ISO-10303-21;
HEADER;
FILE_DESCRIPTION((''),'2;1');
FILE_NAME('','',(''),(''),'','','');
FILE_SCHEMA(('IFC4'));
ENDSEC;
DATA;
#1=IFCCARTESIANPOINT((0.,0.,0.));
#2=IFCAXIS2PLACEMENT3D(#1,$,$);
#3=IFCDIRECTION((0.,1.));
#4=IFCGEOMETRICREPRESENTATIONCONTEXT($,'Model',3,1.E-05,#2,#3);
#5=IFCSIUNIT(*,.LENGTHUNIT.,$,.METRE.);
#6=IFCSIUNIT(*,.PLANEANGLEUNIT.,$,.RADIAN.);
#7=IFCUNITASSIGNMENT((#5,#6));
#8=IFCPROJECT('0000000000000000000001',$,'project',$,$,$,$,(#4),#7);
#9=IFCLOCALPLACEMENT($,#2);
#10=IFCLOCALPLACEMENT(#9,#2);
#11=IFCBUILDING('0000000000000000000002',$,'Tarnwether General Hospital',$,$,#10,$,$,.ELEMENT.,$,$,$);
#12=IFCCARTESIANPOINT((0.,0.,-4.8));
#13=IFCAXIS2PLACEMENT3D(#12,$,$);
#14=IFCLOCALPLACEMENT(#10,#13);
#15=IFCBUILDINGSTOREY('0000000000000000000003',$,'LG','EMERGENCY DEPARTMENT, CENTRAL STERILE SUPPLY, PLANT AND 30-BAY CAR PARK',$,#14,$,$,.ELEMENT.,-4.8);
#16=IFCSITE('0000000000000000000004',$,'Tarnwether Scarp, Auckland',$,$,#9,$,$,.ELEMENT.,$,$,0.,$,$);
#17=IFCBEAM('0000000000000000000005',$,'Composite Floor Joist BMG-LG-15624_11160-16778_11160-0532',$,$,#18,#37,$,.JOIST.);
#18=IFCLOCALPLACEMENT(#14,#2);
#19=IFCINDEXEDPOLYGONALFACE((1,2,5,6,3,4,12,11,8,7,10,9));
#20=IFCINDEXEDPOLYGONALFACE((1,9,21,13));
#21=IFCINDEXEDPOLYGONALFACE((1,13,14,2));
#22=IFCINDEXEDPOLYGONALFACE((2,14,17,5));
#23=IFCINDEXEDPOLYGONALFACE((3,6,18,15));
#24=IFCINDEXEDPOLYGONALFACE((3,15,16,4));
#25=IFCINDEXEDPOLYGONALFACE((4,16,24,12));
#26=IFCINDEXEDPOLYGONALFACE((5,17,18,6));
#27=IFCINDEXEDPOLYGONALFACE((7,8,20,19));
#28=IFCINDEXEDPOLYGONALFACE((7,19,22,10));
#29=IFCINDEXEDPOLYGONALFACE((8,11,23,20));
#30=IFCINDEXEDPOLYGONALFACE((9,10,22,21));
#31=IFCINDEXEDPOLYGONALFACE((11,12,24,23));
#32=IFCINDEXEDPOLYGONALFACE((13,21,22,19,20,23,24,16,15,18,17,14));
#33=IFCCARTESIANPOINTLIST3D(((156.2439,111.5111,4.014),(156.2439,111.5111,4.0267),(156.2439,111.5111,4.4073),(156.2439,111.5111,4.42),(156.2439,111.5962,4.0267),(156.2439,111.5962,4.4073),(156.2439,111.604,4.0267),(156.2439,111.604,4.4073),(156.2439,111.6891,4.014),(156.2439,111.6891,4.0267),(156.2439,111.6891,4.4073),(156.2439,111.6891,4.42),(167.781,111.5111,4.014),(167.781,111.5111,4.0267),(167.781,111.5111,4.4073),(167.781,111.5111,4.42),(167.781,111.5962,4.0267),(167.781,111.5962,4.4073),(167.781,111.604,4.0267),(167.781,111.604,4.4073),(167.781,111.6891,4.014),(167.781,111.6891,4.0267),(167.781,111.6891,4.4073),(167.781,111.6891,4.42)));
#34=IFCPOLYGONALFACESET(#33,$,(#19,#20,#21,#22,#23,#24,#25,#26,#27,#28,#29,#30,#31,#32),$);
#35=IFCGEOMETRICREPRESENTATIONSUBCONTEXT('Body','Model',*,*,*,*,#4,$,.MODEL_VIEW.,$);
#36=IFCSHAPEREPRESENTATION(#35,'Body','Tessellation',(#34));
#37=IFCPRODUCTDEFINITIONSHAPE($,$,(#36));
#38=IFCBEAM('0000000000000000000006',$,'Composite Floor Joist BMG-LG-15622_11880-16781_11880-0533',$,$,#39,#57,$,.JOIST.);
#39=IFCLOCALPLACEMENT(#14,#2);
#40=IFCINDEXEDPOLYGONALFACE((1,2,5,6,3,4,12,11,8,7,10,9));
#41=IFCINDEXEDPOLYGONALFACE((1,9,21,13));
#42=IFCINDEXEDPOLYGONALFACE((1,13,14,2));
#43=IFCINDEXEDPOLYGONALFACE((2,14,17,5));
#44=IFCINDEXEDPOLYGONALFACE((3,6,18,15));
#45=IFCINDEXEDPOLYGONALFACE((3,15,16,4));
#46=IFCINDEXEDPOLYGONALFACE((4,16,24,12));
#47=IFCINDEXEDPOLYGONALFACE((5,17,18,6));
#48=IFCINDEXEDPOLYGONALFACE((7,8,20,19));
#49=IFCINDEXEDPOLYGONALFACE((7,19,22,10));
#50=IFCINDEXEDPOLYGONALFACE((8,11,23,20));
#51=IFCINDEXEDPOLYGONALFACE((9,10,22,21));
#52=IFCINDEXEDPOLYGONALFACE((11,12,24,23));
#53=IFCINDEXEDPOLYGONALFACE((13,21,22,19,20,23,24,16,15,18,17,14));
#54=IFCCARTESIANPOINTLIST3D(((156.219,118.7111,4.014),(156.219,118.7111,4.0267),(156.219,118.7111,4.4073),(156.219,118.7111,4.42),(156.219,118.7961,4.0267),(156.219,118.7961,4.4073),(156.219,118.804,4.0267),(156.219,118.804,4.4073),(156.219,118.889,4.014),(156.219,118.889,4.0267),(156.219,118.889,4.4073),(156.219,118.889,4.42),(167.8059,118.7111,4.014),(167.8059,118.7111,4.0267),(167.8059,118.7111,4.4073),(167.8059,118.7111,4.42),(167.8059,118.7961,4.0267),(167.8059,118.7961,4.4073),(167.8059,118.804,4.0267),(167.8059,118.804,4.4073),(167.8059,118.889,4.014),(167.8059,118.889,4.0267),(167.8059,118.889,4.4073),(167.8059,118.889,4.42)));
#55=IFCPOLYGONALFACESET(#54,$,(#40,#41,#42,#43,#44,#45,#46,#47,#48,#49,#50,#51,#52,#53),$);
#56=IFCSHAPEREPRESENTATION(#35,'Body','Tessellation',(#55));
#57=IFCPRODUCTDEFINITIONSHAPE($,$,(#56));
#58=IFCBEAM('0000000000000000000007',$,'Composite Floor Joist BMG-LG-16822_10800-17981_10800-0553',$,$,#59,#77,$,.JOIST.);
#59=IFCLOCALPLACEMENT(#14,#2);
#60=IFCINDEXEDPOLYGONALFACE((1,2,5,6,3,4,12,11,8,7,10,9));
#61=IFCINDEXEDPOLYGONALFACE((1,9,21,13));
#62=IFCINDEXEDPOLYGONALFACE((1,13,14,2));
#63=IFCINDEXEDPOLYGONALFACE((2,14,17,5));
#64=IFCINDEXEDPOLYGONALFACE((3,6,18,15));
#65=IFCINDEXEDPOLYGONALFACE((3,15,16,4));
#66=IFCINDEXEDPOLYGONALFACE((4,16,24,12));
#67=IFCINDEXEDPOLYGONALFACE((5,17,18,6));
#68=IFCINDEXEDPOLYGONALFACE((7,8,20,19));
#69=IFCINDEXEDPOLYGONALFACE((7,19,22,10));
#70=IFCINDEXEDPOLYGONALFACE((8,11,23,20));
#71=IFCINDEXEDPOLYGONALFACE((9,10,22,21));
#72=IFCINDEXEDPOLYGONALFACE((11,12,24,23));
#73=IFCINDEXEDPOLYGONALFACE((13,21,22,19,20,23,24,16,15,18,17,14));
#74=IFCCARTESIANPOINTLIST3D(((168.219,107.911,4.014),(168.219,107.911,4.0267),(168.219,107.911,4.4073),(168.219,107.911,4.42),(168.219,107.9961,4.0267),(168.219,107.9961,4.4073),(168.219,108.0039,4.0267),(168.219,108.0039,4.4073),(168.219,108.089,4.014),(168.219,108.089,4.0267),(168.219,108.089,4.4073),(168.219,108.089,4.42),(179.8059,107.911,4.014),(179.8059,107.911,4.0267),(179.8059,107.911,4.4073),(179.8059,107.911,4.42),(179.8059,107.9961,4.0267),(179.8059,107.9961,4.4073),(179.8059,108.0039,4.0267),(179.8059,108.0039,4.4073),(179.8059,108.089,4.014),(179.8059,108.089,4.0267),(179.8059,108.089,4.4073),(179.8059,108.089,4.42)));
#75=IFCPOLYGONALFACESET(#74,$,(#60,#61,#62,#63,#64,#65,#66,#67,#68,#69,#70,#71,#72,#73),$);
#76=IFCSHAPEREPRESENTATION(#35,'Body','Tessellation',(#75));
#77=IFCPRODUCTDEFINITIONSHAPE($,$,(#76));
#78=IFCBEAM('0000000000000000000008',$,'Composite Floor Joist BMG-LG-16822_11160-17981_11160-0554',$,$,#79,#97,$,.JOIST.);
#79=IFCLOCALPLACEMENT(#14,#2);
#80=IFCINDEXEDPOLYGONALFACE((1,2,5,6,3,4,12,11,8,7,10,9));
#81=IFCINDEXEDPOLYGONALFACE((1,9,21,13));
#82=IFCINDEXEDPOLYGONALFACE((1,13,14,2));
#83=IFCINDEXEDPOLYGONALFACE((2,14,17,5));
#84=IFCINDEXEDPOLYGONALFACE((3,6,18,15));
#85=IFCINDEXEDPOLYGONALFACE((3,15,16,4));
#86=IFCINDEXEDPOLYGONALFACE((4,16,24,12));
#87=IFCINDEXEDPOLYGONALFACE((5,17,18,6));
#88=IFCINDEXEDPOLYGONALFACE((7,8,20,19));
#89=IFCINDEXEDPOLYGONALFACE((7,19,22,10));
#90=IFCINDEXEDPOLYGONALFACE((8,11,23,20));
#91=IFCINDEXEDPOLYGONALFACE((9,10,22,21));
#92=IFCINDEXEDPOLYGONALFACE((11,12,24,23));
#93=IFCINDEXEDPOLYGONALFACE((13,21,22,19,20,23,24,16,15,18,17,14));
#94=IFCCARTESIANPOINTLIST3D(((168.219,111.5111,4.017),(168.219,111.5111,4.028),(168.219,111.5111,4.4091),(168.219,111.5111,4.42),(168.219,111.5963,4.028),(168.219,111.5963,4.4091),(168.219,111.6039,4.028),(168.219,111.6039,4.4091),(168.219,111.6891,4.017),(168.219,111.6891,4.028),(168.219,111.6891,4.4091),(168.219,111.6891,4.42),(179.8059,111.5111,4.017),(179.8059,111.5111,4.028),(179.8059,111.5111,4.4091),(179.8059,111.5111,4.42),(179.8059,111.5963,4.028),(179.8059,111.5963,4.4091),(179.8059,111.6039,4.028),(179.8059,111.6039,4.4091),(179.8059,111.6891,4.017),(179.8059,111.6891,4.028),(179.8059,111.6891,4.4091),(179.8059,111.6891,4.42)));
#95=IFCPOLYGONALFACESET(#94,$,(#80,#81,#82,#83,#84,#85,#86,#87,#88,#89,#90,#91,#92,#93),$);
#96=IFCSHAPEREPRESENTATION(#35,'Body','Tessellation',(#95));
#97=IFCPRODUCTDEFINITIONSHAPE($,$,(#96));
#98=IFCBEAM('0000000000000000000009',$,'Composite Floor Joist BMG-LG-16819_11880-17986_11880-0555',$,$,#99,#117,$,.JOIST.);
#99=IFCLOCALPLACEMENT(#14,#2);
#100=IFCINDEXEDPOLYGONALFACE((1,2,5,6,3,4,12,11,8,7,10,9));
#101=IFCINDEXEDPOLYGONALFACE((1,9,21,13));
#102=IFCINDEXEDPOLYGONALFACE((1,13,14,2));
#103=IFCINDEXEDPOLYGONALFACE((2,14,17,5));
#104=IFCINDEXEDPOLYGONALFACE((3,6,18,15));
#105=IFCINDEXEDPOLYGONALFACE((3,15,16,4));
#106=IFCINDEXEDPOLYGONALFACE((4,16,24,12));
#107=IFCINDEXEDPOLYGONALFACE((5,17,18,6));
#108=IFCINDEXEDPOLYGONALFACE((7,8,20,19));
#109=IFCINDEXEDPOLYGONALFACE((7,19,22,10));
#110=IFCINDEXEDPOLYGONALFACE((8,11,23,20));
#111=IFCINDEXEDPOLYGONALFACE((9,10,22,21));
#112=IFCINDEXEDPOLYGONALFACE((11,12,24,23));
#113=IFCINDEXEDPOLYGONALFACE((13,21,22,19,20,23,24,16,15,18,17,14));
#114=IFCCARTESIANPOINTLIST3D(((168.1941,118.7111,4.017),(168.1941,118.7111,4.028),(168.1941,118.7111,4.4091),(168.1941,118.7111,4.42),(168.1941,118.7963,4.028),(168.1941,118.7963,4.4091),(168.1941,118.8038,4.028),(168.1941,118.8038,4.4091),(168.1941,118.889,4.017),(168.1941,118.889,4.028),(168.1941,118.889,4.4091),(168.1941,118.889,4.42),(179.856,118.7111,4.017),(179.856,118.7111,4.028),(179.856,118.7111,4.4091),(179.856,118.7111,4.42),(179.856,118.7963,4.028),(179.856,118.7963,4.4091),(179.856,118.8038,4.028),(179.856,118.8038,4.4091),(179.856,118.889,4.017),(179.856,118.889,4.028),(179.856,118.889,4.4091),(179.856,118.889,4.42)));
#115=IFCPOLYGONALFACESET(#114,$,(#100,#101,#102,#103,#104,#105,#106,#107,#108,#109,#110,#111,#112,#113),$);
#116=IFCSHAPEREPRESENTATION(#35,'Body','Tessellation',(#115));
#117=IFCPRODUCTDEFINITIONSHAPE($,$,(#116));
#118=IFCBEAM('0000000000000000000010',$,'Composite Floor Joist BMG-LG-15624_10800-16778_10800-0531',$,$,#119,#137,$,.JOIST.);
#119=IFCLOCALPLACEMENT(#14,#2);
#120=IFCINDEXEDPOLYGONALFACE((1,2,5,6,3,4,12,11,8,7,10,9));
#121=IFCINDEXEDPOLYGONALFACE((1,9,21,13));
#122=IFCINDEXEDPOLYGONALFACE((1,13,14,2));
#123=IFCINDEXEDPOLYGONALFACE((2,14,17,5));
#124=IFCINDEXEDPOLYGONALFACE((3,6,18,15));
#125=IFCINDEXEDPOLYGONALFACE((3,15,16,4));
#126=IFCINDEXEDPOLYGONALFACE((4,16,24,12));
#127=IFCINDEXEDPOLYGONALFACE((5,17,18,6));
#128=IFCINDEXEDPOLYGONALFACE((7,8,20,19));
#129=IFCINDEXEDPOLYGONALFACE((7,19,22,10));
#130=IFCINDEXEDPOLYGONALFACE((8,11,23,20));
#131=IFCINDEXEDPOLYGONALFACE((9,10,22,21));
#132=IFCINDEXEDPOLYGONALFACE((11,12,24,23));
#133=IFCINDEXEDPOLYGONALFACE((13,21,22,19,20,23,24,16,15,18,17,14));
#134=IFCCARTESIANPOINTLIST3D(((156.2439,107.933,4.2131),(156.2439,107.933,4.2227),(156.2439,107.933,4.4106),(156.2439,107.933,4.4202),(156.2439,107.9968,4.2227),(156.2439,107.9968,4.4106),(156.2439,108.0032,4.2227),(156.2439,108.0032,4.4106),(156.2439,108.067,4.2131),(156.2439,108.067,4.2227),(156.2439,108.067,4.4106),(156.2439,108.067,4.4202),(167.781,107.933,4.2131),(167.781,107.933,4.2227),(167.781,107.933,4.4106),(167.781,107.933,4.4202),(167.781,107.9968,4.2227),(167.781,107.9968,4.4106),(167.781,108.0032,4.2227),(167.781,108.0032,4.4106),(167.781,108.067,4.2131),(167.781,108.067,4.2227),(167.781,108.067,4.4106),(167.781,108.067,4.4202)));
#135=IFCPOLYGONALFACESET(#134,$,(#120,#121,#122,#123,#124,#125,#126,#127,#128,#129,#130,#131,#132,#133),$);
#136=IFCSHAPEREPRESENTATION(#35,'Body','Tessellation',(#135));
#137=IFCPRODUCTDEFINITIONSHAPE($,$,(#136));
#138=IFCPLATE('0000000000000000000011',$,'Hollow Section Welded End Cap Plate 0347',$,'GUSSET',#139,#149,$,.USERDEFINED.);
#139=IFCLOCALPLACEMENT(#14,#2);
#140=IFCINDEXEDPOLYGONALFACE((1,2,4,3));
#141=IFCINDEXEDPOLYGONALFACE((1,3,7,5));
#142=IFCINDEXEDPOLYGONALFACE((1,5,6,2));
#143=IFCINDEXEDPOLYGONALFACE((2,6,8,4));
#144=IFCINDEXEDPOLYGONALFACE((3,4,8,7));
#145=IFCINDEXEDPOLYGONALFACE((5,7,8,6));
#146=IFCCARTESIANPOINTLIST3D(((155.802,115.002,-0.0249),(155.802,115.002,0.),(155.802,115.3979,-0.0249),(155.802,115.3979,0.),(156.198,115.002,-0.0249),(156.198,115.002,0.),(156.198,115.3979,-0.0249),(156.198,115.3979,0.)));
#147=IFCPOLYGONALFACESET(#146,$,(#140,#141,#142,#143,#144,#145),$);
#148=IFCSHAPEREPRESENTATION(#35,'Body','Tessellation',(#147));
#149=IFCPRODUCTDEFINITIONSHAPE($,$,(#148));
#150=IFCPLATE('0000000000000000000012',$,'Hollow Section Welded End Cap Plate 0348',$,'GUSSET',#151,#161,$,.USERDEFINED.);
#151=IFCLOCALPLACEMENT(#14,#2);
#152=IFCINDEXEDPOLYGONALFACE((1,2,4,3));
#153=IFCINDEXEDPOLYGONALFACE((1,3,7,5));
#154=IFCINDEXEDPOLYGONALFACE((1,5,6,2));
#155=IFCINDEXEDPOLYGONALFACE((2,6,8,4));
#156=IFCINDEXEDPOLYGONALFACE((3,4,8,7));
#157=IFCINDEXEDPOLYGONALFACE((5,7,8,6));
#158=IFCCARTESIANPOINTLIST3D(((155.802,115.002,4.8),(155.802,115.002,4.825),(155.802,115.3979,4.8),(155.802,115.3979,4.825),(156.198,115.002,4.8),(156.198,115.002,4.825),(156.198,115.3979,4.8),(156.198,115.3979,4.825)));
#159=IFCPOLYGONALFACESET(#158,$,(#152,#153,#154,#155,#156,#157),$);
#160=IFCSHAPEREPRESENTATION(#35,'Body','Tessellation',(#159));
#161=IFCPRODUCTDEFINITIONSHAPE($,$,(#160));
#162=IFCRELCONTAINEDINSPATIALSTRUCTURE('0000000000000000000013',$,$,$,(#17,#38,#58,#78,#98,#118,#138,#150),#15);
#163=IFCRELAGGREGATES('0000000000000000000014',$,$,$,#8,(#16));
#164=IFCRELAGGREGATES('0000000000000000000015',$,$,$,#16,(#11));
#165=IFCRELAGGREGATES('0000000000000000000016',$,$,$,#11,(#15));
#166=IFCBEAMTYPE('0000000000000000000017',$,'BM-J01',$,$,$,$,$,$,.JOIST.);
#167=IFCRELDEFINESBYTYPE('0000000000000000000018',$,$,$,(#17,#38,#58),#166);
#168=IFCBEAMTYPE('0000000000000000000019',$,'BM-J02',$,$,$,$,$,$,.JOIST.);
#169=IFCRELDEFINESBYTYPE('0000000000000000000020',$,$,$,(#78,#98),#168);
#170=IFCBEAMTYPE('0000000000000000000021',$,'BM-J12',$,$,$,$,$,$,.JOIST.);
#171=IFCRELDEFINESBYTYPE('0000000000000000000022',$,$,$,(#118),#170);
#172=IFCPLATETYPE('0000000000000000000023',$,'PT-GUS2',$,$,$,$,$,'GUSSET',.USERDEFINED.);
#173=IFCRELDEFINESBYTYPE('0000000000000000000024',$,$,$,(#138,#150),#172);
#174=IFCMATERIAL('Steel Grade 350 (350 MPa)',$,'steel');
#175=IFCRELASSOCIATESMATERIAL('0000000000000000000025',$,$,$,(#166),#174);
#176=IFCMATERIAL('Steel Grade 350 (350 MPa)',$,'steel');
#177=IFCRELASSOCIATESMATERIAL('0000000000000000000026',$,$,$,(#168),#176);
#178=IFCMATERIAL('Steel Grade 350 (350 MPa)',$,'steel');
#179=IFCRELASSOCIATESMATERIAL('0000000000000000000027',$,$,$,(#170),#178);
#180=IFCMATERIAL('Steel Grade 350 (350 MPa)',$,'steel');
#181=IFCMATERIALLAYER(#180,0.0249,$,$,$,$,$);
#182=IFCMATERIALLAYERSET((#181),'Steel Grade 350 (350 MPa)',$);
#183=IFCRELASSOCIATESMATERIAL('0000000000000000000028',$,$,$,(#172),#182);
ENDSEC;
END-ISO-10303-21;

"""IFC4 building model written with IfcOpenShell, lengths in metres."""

from ifc_helpers import new_model, si_unit, direction, frame, origin, origin_2d, place, context, subcontext, project, spatial, rectangle, i_section, extrude, material, layer, layer_set, material_profile, profile_set, type_object, element, save


model = new_model("IFC4")

# Units and contexts
model_context = context("Model", 3, precision=1e-05, world=origin(), true_north=direction((0.0, 1.0)))
body_context = subcontext(model_context, "Body", "Model", "MODEL_VIEW")
ifc_project = project(units=[si_unit("LENGTHUNIT", "METRE"), si_unit("PLANEANGLEUNIT", "RADIAN")], contexts=[model_context])

# Site, building, storey
site_placement = place(None, origin())
site = spatial("IfcSite", under=ifc_project, at=site_placement, Name="Tarnwether Scarp, Auckland", CompositionType="ELEMENT", RefElevation=0.0)
building_placement = place(site_placement, origin())
building = spatial("IfcBuilding", under=site, at=building_placement, Name="Tarnwether General Hospital", CompositionType="ELEMENT")
storey_placement = place(building_placement, frame((0.0, 0.0, -4.8)))
storey = spatial("IfcBuildingStorey", under=building, at=storey_placement, Name="LG", Description="EMERGENCY DEPARTMENT, CENTRAL STERILE SUPPLY, PLANT AND 30-BAY CAR PARK", CompositionType="ELEMENT", Elevation=-4.8)

# Beams
ifc_material_1 = material(Name="Steel Grade 350 (350 MPa)", Category="steel")
ifc_material_profile_1 = material_profile(ifc_material_1, i_section(OverallWidth=0.178, OverallDepth=0.406, WebThickness=0.0078, FlangeThickness=0.0127, at=origin_2d()), Name="410UB59.7")
ifc_profile_set_1 = profile_set([ifc_material_profile_1], Name="Steel Grade 350 (350 MPa)")
beam_type_1 = type_object("IfcBeamType", Name="BM-J01", PredefinedType="JOIST", material=ifc_profile_set_1)
beam_1_placement = place(storey_placement, frame((156.2439, 111.6001, 4.217), z_axis=(1.0, 0.0, 0.0), x_axis=(0.0, 1.0, 0.0)))
element("IfcBeam", 1, at=beam_1_placement, inside=storey, type_object=beam_type_1, Name="Composite Floor Joist BMG-LG-15624_11160-16778_11160-0532", PredefinedType="JOIST", context=body_context, shape_type="SweptSolid", body=[
    extrude(i_section(OverallWidth=0.178, OverallDepth=0.406, WebThickness=0.0078, FlangeThickness=0.0127, at=origin_2d()), origin(), (0.0, 0.0, 1.0), 11.5371),
])
for number, where, z_axis, x_axis, name in (
    (2, (156.219, 118.8, 4.217), (1.0, 0.0, 0.0), (0.0, 1.0, 0.0), "Composite Floor Joist BMG-LG-15622_11880-16781_11880-0533"),
    (3, (168.219, 108.0, 4.217), (1.0, 0.0, 0.0), (0.0, 1.0, 0.0), "Composite Floor Joist BMG-LG-16822_10800-17981_10800-0553"),
):
    element("IfcBeam", number, at=place(storey_placement, frame(where, z_axis=z_axis, x_axis=x_axis)), inside=storey, type_object=beam_type_1, Name=name, PredefinedType="JOIST", context=body_context, shape_type="SweptSolid", body=[
        extrude(i_section(OverallWidth=0.178, OverallDepth=0.406, WebThickness=0.0078, FlangeThickness=0.0127, at=origin_2d()), origin(), (0.0, 0.0, 1.0), 11.5869),
    ])
ifc_material_2 = material(Name="Steel Grade 350 (350 MPa)", Category="steel")
ifc_material_profile_2 = material_profile(ifc_material_2, i_section(OverallWidth=0.178, OverallDepth=0.4031, WebThickness=0.0076, FlangeThickness=0.011, at=origin_2d()), Name="410UB53.7")
ifc_profile_set_2 = profile_set([ifc_material_profile_2], Name="Steel Grade 350 (350 MPa)")
beam_type_2 = type_object("IfcBeamType", Name="BM-J02", PredefinedType="JOIST", material=ifc_profile_set_2)
beam_2_placement = place(storey_placement, frame((168.219, 111.6001, 4.2185), z_axis=(1.0, 0.0, 0.0), x_axis=(0.0, 1.0, 0.0)))
element("IfcBeam", 4, at=beam_2_placement, inside=storey, type_object=beam_type_2, Name="Composite Floor Joist BMG-LG-16822_11160-17981_11160-0554", PredefinedType="JOIST", context=body_context, shape_type="SweptSolid", body=[
    extrude(i_section(OverallWidth=0.178, OverallDepth=0.4031, WebThickness=0.0076, FlangeThickness=0.011, at=origin_2d()), origin(), (0.0, 0.0, 1.0), 11.5869),
])
beam_3_placement = place(storey_placement, frame((168.1941, 118.8, 4.2185), z_axis=(1.0, 0.0, 0.0), x_axis=(0.0, 1.0, 0.0)))
element("IfcBeam", 5, at=beam_3_placement, inside=storey, type_object=beam_type_2, Name="Composite Floor Joist BMG-LG-16819_11880-17986_11880-0555", PredefinedType="JOIST", context=body_context, shape_type="SweptSolid", body=[
    extrude(i_section(OverallWidth=0.178, OverallDepth=0.4031, WebThickness=0.0076, FlangeThickness=0.011, at=origin_2d()), origin(), (0.0, 0.0, 1.0), 11.6619),
])
ifc_material_3 = material(Name="Steel Grade 350 (350 MPa)", Category="steel")
ifc_material_profile_3 = material_profile(ifc_material_3, i_section(OverallWidth=0.134, OverallDepth=0.207, WebThickness=0.0063, FlangeThickness=0.0095, at=origin_2d()), Name="200UB29.8")
ifc_profile_set_3 = profile_set([ifc_material_profile_3], Name="Steel Grade 350 (350 MPa)")
beam_type_3 = type_object("IfcBeamType", Name="BM-J12", PredefinedType="JOIST", material=ifc_profile_set_3)
beam_4_placement = place(storey_placement, frame((156.2439, 108.0, 4.3167), z_axis=(1.0, 0.0, 0.0), x_axis=(0.0, 1.0, 0.0)))
element("IfcBeam", 6, at=beam_4_placement, inside=storey, type_object=beam_type_3, Name="Composite Floor Joist BMG-LG-15624_10800-16778_10800-0531", PredefinedType="JOIST", context=body_context, shape_type="SweptSolid", body=[
    extrude(i_section(OverallWidth=0.134, OverallDepth=0.207, WebThickness=0.0063, FlangeThickness=0.0095, at=origin_2d()), origin(), (0.0, 0.0, 1.0), 11.5371),
])

# Plates
ifc_material_4 = material(Name="Steel Grade 350 (350 MPa)", Category="steel")
ifc_layer = layer(ifc_material_4, 0.0249)
ifc_layer_set = layer_set([ifc_layer], Name="Steel Grade 350 (350 MPa)")
plate_type = type_object("IfcPlateType", Name="PT-GUS2", ElementType="GUSSET", PredefinedType="USERDEFINED", material=ifc_layer_set)
for number, where, z_axis, x_axis, name in (
    (7, (156.0, 115.2, -0.0249), (0.0, 0.0, 1.0), (1.0, 0.0, 0.0), "Hollow Section Welded End Cap Plate 0347"),
    (8, (156.0, 115.2, 4.8), (0.0, 0.0, 1.0), (1.0, 0.0, 0.0), "Hollow Section Welded End Cap Plate 0348"),
):
    element("IfcPlate", number, at=place(storey_placement, frame(where, z_axis=z_axis, x_axis=x_axis)), inside=storey, type_object=plate_type, Name=name, ObjectType="GUSSET", PredefinedType="USERDEFINED", context=body_context, shape_type="SweptSolid", body=[
        extrude(rectangle(XDim=0.396, YDim=0.396, at=origin_2d()), origin(), (0.0, 0.0, 1.0), 0.0249),
    ])

save(model, "model.ifc")
